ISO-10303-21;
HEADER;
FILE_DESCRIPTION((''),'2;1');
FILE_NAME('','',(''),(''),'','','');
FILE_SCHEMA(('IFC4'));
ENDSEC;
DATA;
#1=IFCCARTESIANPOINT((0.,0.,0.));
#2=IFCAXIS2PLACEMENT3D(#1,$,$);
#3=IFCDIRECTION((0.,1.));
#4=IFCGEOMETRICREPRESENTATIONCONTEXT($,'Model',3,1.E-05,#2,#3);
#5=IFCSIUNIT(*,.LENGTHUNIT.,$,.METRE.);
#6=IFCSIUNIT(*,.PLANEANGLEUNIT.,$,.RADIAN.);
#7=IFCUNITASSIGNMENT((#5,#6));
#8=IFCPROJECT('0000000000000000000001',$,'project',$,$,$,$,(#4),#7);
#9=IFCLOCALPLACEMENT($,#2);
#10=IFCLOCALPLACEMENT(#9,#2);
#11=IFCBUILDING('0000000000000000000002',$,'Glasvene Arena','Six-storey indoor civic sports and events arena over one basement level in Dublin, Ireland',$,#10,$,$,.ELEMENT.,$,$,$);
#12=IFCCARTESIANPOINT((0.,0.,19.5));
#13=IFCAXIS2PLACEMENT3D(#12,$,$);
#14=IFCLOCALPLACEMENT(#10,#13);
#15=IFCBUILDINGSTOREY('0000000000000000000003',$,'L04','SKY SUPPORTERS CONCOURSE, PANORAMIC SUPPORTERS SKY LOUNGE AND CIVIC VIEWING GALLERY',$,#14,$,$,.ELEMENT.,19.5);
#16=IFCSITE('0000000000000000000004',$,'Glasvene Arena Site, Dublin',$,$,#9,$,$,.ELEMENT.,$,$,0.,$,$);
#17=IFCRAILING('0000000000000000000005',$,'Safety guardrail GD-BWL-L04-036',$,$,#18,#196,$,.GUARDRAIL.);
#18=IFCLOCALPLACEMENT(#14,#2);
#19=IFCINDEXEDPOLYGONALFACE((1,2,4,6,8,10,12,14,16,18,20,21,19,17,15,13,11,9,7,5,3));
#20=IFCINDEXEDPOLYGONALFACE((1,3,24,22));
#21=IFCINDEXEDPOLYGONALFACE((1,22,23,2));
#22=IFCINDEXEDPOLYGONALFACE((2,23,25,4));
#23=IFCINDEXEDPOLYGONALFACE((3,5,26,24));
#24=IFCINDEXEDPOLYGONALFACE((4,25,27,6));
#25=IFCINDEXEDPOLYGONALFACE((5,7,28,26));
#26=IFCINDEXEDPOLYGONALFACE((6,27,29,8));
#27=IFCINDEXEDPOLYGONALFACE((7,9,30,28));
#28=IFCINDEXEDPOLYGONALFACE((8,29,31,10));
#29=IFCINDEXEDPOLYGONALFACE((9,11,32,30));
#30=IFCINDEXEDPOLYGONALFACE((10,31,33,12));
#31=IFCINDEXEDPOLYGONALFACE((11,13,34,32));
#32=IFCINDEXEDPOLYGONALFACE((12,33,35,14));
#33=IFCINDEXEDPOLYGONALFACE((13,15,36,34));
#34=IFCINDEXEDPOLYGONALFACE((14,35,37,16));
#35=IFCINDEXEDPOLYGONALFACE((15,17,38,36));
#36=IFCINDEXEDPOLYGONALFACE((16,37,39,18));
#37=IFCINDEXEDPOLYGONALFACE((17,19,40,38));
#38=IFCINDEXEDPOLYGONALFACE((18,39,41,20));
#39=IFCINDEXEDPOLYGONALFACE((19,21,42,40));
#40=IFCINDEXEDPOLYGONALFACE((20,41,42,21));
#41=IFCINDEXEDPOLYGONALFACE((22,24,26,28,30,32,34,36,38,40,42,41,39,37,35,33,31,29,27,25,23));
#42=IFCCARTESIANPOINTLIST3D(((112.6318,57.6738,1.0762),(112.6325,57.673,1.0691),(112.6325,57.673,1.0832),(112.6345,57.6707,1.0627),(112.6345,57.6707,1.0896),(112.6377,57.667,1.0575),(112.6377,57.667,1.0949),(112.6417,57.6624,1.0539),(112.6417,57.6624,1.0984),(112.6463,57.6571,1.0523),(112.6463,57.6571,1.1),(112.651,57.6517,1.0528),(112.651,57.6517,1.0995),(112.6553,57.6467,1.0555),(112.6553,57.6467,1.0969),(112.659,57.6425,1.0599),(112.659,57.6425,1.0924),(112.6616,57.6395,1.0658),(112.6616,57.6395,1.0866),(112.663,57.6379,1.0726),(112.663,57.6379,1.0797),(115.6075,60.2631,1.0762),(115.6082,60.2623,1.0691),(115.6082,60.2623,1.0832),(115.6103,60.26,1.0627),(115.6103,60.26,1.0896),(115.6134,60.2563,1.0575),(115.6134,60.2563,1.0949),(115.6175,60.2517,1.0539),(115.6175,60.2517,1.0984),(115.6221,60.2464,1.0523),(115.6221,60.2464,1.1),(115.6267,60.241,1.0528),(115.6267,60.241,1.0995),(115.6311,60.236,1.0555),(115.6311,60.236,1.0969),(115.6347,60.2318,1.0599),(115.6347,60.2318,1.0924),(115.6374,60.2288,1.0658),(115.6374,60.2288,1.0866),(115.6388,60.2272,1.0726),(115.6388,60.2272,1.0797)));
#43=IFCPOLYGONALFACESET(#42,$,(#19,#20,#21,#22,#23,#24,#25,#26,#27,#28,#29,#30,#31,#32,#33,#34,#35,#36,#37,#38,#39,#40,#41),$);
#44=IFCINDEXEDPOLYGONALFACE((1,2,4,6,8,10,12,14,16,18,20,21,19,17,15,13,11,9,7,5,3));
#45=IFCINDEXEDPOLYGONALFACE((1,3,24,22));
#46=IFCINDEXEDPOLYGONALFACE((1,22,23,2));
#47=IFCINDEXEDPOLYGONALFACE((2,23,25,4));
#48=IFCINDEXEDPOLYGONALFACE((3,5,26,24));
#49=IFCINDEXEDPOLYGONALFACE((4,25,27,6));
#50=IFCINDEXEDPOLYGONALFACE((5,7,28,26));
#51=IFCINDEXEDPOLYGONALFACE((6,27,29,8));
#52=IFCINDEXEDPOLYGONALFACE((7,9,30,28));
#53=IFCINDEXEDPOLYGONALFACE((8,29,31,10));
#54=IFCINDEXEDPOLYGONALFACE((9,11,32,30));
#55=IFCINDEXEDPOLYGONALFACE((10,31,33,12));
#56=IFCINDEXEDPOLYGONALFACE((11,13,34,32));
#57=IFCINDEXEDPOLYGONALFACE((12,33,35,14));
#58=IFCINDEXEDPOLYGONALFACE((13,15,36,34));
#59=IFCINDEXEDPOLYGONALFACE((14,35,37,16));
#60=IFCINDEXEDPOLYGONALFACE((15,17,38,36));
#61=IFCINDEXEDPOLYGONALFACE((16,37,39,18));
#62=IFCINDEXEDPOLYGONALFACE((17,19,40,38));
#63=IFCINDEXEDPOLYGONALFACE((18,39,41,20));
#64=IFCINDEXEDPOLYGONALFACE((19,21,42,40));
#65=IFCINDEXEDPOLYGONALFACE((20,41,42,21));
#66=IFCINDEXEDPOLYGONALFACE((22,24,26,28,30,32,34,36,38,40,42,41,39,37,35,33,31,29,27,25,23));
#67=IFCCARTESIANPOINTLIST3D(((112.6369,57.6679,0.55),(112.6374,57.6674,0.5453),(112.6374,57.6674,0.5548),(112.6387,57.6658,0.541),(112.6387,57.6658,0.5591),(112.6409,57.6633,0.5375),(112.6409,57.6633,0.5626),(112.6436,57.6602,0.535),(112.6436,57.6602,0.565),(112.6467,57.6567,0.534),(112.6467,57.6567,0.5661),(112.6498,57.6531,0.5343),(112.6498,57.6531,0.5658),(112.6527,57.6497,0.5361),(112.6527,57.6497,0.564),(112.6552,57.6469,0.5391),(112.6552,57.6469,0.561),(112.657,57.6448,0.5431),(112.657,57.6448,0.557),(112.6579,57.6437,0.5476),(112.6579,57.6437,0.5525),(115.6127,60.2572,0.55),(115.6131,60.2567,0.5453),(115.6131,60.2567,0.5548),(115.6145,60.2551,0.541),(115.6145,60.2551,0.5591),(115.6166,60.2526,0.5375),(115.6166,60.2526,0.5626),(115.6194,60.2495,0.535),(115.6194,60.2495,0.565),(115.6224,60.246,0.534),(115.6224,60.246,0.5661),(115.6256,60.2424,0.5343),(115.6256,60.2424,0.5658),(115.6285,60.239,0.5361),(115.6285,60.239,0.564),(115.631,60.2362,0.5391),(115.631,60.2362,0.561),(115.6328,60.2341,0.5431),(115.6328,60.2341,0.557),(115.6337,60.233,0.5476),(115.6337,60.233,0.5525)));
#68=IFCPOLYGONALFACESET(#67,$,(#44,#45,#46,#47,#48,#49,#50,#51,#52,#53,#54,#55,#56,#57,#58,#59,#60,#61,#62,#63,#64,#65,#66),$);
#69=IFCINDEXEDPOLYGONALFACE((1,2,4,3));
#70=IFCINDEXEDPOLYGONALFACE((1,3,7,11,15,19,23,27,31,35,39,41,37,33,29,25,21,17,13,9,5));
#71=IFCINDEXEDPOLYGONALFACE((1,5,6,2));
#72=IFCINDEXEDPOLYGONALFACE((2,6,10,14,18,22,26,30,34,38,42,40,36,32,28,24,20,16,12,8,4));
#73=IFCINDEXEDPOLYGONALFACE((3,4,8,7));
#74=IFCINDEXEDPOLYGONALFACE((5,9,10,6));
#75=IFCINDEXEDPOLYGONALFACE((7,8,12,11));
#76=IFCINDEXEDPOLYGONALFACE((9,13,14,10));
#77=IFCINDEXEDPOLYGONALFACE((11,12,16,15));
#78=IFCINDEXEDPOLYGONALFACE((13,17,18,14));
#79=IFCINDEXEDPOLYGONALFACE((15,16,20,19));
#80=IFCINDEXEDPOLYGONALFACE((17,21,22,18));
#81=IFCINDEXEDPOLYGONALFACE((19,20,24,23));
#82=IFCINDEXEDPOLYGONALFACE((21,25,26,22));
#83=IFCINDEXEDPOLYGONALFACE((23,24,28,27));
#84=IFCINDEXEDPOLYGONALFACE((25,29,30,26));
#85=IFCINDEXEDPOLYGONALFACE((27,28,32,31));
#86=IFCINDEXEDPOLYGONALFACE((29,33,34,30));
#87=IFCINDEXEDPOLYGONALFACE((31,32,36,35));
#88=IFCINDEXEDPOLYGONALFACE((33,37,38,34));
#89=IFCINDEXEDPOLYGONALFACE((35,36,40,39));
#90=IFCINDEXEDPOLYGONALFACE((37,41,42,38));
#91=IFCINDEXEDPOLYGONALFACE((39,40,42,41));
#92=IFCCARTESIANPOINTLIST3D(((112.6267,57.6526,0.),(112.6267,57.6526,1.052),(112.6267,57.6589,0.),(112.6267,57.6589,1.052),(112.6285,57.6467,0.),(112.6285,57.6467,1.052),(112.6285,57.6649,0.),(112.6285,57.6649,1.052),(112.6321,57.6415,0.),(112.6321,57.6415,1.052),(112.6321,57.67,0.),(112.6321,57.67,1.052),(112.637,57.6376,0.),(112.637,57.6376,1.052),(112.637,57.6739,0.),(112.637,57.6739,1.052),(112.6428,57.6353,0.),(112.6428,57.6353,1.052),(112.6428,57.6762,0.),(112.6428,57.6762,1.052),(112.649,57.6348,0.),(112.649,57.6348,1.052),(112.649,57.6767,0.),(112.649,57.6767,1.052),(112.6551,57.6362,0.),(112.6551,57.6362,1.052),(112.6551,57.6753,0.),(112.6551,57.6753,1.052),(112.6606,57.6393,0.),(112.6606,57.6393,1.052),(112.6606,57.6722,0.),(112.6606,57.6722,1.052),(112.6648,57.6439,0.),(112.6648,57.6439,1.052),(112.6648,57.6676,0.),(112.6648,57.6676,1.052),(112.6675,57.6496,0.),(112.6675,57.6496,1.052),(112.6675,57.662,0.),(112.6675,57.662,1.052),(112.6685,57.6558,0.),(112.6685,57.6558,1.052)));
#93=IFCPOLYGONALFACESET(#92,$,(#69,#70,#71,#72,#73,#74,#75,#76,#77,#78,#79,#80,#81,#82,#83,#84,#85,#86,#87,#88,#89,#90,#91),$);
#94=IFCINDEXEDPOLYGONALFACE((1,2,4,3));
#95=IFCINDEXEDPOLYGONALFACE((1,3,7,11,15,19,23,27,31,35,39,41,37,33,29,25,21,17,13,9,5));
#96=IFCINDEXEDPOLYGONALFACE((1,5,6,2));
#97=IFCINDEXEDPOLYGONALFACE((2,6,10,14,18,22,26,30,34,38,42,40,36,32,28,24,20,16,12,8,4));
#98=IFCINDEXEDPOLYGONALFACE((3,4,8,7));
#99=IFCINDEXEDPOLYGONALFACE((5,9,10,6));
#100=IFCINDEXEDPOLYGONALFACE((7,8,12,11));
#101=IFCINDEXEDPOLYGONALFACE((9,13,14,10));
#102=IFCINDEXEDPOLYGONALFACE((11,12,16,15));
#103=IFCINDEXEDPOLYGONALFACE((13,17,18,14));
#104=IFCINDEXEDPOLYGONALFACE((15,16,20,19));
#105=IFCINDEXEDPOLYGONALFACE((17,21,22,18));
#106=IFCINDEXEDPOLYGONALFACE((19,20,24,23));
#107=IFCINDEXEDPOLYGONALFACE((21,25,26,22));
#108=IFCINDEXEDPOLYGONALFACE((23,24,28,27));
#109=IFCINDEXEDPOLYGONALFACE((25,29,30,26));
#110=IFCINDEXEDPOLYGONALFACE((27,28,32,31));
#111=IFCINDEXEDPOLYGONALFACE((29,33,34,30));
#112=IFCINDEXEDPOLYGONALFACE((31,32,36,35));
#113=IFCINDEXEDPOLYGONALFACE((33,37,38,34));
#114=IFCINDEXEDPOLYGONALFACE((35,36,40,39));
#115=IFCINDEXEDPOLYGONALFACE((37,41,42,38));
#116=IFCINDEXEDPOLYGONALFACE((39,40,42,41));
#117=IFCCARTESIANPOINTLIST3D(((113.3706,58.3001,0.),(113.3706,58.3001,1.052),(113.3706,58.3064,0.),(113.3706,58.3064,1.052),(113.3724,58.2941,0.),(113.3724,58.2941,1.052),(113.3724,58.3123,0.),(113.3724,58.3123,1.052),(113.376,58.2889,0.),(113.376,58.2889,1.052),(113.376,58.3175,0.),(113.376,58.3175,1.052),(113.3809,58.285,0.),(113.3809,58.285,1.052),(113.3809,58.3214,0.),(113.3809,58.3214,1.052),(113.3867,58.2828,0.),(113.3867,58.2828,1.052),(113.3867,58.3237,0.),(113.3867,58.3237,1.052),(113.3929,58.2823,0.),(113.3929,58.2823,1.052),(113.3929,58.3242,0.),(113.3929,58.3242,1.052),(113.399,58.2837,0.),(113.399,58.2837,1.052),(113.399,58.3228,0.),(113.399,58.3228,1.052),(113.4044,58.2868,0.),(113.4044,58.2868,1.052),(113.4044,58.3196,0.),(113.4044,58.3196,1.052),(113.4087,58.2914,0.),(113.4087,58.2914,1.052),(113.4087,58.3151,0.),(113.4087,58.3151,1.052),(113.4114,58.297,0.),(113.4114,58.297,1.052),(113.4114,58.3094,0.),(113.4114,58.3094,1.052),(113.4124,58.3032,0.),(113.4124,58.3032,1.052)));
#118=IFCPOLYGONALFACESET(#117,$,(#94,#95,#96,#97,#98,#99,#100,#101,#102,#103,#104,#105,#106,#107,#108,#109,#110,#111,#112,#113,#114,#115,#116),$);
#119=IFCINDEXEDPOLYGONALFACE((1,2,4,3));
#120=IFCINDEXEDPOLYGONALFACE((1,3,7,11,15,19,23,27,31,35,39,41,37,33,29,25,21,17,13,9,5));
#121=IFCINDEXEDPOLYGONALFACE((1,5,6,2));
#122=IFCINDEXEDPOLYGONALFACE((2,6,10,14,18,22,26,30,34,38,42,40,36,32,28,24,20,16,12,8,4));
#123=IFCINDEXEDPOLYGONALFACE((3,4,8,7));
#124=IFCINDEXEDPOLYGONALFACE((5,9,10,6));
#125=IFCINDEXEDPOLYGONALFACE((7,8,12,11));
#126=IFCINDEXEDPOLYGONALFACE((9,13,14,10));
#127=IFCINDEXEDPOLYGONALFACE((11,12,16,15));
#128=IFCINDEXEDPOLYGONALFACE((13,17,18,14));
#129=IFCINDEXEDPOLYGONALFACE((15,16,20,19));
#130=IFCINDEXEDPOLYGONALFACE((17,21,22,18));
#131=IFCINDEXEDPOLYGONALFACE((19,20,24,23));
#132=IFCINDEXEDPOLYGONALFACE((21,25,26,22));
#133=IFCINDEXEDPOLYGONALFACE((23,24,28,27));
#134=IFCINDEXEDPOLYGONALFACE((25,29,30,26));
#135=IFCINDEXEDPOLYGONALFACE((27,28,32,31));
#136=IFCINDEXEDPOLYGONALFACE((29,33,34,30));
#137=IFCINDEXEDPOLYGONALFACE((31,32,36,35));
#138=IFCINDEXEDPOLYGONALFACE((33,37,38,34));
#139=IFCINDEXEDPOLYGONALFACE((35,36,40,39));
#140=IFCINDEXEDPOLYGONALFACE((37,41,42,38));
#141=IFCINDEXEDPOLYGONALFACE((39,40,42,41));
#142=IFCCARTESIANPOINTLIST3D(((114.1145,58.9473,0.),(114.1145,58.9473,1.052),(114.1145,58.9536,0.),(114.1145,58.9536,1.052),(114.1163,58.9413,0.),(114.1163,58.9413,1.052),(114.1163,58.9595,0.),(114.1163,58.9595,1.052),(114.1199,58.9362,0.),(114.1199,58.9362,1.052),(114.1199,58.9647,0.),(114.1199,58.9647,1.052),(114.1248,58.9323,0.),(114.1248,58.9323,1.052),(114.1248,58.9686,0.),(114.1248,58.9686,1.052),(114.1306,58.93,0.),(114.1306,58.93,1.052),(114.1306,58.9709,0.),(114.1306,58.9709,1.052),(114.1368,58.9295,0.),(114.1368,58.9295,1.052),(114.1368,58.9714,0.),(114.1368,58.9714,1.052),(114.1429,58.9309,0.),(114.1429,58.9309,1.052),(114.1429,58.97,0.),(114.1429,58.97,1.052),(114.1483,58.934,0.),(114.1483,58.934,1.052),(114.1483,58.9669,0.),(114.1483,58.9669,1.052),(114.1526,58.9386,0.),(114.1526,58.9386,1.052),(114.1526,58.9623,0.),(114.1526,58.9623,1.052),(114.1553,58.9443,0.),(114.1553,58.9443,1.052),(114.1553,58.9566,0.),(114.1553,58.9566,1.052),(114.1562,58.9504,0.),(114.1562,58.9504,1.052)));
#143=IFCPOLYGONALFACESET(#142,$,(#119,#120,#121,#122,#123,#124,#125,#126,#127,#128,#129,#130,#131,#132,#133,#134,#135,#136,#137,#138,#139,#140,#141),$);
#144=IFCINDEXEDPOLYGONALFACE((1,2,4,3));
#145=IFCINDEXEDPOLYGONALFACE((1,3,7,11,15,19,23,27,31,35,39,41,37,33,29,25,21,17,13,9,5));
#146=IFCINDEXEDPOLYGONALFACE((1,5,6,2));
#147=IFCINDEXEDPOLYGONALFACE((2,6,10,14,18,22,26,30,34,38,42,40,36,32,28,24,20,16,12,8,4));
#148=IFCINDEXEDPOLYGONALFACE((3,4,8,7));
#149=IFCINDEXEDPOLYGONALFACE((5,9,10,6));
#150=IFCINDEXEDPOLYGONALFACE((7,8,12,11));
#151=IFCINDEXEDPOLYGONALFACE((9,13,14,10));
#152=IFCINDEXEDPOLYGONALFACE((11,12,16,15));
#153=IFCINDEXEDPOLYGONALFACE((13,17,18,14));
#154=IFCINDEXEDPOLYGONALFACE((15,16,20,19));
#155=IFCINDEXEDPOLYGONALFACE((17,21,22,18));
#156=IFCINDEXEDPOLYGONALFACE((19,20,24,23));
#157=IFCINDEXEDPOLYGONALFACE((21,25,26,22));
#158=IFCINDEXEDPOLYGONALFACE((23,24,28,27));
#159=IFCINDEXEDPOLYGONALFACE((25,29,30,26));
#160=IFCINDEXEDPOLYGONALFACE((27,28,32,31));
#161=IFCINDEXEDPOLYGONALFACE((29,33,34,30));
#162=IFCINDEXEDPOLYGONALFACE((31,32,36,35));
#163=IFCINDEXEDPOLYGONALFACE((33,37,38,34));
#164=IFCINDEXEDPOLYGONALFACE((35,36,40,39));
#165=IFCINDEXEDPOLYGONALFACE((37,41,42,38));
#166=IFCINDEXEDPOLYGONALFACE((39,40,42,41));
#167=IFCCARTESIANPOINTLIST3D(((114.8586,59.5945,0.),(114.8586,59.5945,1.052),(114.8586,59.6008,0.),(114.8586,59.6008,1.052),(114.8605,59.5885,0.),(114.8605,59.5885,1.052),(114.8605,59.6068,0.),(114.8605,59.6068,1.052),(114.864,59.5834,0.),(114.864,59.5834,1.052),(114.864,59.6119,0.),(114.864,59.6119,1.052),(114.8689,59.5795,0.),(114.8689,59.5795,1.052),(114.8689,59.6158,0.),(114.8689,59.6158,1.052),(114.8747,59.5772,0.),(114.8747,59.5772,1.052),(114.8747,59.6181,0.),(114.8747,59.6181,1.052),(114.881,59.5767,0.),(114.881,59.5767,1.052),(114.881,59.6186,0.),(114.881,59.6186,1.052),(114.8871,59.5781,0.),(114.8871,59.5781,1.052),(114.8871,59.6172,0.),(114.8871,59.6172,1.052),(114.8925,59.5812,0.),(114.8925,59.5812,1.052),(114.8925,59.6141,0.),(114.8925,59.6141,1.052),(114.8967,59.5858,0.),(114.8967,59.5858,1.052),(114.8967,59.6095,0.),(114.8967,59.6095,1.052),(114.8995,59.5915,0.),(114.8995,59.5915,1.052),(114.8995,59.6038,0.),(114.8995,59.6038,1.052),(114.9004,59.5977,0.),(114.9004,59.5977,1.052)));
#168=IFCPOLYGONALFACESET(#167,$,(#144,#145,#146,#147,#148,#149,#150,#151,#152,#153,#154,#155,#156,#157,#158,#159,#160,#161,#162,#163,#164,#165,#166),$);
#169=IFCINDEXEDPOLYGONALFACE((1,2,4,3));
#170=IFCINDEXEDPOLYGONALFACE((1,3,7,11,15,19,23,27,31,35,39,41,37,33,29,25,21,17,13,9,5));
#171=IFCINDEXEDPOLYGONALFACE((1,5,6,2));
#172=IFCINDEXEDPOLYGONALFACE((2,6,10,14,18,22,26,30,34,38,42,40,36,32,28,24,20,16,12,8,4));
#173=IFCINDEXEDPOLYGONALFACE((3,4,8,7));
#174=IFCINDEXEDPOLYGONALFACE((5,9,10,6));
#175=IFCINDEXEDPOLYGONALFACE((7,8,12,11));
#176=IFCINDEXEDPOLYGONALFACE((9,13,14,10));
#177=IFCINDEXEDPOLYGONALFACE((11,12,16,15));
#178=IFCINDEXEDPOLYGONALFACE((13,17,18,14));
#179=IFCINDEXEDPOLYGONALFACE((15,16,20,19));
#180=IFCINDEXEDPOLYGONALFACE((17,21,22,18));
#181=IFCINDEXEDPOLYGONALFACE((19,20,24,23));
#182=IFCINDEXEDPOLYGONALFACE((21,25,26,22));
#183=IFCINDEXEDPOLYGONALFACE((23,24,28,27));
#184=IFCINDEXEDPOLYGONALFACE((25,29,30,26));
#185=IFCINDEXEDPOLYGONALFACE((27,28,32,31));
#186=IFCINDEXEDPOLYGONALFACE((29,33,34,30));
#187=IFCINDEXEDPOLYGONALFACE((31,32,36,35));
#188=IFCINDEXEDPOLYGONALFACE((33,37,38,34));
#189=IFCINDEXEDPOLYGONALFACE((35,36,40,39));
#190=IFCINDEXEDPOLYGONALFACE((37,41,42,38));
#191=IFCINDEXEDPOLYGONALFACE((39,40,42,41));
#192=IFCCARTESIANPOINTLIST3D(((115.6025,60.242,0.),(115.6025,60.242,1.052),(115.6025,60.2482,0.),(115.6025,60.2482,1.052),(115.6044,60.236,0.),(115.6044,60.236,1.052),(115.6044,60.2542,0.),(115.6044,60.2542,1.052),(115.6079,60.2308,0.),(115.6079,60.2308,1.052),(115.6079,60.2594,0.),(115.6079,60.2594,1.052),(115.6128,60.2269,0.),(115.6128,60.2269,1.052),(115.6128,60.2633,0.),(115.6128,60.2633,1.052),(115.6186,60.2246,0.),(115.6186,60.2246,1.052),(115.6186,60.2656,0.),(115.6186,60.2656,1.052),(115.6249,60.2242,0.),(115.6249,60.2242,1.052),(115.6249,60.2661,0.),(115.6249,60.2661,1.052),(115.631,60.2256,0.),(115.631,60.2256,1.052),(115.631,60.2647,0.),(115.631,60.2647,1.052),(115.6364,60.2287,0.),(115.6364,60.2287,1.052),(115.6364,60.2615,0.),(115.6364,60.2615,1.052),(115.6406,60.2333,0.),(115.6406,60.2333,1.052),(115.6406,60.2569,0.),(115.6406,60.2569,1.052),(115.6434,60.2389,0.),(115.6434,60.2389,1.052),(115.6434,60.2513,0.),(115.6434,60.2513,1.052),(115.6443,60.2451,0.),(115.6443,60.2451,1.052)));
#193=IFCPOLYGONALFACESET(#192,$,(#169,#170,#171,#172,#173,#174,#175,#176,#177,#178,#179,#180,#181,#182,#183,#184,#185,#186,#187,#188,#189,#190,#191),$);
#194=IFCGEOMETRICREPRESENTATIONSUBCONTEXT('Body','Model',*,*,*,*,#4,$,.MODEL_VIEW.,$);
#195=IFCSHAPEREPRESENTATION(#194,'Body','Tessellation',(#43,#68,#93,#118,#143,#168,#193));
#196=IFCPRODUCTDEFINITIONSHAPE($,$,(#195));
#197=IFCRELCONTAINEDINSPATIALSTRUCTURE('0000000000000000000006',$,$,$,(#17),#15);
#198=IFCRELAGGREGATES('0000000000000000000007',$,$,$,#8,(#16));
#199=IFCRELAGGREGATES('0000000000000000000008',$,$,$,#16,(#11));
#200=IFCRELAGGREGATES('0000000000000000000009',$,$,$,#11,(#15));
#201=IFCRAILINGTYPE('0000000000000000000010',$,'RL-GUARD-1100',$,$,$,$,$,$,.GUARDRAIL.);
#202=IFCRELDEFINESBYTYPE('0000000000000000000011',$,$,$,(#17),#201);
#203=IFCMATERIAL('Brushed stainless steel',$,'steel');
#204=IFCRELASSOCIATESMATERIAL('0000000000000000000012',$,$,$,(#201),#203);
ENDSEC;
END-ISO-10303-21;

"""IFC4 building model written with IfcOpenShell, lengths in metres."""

from ifc_helpers import new_model, si_unit, direction, frame, origin, origin_2d, place, context, subcontext, project, spatial, circle, extrude, material, type_object, element, save


model = new_model("IFC4")

# Units and contexts
model_context = context("Model", 3, precision=1e-05, world=origin(), true_north=direction((0.0, 1.0)))
body_context = subcontext(model_context, "Body", "Model", "MODEL_VIEW")
ifc_project = project(units=[si_unit("LENGTHUNIT", "METRE"), si_unit("PLANEANGLEUNIT", "RADIAN")], contexts=[model_context])

# Site, building, storey
site_placement = place(None, origin())
site = spatial("IfcSite", under=ifc_project, at=site_placement, Name="Glasvene Arena Site, Dublin", CompositionType="ELEMENT", RefElevation=0.0)
building_placement = place(site_placement, origin())
building = spatial("IfcBuilding", under=site, at=building_placement, Name="Glasvene Arena", Description="Six-storey indoor civic sports and events arena over one basement level in Dublin, Ireland", CompositionType="ELEMENT")
storey_placement = place(building_placement, frame((0.0, 0.0, 19.5)))
storey = spatial("IfcBuildingStorey", under=building, at=storey_placement, Name="L04", Description="SKY SUPPORTERS CONCOURSE, PANORAMIC SUPPORTERS SKY LOUNGE AND CIVIC VIEWING GALLERY", CompositionType="ELEMENT", Elevation=19.5)

# Railing
ifc_material = material(Name="Brushed stainless steel", Category="steel")
railing_type = type_object("IfcRailingType", Name="RL-GUARD-1100", PredefinedType="GUARDRAIL", material=ifc_material)
railing_1_placement = place(storey_placement, frame((112.6475, 57.6558, 0.0)))
element("IfcRailing", 1, at=railing_1_placement, inside=storey, type_object=railing_type, Name="Safety guardrail GD-BWL-L04-036", PredefinedType="GUARDRAIL", context=body_context, shape_type="SweptSolid", body=[
    extrude(circle(Radius=0.0239, at=origin_2d()), frame((0.0, 0.0, 1.0762), z_axis=(0.754395, 0.656421, 0.0), x_axis=(-0.656421, 0.754395, 0.0)), (0.0, 0.0, 1.0), 3.9446),
    extrude(circle(Radius=0.0161, at=origin_2d()), frame((0.0, 0.0, 0.55), z_axis=(0.754395, 0.656421, 0.0), x_axis=(-0.656421, 0.754395, 0.0)), (0.0, 0.0, 1.0), 3.9446),
    extrude(circle(Radius=0.021, at=origin_2d()), origin(), (0.0, 0.0, 1.0), 1.052),
    extrude(circle(Radius=0.021, at=origin_2d()), frame((0.7439, 0.6475, 0.0)), (0.0, 0.0, 1.0), 1.052),
    extrude(circle(Radius=0.021, at=origin_2d()), frame((1.4878, 1.2947, 0.0)), (0.0, 0.0, 1.0), 1.052),
    extrude(circle(Radius=0.021, at=origin_2d()), frame((2.2319, 1.9419, 0.0)), (0.0, 0.0, 1.0), 1.052),
    extrude(circle(Radius=0.021, at=origin_2d()), frame((2.9758, 2.5894, 0.0)), (0.0, 0.0, 1.0), 1.052),
])

save(model, "model.ifc")
